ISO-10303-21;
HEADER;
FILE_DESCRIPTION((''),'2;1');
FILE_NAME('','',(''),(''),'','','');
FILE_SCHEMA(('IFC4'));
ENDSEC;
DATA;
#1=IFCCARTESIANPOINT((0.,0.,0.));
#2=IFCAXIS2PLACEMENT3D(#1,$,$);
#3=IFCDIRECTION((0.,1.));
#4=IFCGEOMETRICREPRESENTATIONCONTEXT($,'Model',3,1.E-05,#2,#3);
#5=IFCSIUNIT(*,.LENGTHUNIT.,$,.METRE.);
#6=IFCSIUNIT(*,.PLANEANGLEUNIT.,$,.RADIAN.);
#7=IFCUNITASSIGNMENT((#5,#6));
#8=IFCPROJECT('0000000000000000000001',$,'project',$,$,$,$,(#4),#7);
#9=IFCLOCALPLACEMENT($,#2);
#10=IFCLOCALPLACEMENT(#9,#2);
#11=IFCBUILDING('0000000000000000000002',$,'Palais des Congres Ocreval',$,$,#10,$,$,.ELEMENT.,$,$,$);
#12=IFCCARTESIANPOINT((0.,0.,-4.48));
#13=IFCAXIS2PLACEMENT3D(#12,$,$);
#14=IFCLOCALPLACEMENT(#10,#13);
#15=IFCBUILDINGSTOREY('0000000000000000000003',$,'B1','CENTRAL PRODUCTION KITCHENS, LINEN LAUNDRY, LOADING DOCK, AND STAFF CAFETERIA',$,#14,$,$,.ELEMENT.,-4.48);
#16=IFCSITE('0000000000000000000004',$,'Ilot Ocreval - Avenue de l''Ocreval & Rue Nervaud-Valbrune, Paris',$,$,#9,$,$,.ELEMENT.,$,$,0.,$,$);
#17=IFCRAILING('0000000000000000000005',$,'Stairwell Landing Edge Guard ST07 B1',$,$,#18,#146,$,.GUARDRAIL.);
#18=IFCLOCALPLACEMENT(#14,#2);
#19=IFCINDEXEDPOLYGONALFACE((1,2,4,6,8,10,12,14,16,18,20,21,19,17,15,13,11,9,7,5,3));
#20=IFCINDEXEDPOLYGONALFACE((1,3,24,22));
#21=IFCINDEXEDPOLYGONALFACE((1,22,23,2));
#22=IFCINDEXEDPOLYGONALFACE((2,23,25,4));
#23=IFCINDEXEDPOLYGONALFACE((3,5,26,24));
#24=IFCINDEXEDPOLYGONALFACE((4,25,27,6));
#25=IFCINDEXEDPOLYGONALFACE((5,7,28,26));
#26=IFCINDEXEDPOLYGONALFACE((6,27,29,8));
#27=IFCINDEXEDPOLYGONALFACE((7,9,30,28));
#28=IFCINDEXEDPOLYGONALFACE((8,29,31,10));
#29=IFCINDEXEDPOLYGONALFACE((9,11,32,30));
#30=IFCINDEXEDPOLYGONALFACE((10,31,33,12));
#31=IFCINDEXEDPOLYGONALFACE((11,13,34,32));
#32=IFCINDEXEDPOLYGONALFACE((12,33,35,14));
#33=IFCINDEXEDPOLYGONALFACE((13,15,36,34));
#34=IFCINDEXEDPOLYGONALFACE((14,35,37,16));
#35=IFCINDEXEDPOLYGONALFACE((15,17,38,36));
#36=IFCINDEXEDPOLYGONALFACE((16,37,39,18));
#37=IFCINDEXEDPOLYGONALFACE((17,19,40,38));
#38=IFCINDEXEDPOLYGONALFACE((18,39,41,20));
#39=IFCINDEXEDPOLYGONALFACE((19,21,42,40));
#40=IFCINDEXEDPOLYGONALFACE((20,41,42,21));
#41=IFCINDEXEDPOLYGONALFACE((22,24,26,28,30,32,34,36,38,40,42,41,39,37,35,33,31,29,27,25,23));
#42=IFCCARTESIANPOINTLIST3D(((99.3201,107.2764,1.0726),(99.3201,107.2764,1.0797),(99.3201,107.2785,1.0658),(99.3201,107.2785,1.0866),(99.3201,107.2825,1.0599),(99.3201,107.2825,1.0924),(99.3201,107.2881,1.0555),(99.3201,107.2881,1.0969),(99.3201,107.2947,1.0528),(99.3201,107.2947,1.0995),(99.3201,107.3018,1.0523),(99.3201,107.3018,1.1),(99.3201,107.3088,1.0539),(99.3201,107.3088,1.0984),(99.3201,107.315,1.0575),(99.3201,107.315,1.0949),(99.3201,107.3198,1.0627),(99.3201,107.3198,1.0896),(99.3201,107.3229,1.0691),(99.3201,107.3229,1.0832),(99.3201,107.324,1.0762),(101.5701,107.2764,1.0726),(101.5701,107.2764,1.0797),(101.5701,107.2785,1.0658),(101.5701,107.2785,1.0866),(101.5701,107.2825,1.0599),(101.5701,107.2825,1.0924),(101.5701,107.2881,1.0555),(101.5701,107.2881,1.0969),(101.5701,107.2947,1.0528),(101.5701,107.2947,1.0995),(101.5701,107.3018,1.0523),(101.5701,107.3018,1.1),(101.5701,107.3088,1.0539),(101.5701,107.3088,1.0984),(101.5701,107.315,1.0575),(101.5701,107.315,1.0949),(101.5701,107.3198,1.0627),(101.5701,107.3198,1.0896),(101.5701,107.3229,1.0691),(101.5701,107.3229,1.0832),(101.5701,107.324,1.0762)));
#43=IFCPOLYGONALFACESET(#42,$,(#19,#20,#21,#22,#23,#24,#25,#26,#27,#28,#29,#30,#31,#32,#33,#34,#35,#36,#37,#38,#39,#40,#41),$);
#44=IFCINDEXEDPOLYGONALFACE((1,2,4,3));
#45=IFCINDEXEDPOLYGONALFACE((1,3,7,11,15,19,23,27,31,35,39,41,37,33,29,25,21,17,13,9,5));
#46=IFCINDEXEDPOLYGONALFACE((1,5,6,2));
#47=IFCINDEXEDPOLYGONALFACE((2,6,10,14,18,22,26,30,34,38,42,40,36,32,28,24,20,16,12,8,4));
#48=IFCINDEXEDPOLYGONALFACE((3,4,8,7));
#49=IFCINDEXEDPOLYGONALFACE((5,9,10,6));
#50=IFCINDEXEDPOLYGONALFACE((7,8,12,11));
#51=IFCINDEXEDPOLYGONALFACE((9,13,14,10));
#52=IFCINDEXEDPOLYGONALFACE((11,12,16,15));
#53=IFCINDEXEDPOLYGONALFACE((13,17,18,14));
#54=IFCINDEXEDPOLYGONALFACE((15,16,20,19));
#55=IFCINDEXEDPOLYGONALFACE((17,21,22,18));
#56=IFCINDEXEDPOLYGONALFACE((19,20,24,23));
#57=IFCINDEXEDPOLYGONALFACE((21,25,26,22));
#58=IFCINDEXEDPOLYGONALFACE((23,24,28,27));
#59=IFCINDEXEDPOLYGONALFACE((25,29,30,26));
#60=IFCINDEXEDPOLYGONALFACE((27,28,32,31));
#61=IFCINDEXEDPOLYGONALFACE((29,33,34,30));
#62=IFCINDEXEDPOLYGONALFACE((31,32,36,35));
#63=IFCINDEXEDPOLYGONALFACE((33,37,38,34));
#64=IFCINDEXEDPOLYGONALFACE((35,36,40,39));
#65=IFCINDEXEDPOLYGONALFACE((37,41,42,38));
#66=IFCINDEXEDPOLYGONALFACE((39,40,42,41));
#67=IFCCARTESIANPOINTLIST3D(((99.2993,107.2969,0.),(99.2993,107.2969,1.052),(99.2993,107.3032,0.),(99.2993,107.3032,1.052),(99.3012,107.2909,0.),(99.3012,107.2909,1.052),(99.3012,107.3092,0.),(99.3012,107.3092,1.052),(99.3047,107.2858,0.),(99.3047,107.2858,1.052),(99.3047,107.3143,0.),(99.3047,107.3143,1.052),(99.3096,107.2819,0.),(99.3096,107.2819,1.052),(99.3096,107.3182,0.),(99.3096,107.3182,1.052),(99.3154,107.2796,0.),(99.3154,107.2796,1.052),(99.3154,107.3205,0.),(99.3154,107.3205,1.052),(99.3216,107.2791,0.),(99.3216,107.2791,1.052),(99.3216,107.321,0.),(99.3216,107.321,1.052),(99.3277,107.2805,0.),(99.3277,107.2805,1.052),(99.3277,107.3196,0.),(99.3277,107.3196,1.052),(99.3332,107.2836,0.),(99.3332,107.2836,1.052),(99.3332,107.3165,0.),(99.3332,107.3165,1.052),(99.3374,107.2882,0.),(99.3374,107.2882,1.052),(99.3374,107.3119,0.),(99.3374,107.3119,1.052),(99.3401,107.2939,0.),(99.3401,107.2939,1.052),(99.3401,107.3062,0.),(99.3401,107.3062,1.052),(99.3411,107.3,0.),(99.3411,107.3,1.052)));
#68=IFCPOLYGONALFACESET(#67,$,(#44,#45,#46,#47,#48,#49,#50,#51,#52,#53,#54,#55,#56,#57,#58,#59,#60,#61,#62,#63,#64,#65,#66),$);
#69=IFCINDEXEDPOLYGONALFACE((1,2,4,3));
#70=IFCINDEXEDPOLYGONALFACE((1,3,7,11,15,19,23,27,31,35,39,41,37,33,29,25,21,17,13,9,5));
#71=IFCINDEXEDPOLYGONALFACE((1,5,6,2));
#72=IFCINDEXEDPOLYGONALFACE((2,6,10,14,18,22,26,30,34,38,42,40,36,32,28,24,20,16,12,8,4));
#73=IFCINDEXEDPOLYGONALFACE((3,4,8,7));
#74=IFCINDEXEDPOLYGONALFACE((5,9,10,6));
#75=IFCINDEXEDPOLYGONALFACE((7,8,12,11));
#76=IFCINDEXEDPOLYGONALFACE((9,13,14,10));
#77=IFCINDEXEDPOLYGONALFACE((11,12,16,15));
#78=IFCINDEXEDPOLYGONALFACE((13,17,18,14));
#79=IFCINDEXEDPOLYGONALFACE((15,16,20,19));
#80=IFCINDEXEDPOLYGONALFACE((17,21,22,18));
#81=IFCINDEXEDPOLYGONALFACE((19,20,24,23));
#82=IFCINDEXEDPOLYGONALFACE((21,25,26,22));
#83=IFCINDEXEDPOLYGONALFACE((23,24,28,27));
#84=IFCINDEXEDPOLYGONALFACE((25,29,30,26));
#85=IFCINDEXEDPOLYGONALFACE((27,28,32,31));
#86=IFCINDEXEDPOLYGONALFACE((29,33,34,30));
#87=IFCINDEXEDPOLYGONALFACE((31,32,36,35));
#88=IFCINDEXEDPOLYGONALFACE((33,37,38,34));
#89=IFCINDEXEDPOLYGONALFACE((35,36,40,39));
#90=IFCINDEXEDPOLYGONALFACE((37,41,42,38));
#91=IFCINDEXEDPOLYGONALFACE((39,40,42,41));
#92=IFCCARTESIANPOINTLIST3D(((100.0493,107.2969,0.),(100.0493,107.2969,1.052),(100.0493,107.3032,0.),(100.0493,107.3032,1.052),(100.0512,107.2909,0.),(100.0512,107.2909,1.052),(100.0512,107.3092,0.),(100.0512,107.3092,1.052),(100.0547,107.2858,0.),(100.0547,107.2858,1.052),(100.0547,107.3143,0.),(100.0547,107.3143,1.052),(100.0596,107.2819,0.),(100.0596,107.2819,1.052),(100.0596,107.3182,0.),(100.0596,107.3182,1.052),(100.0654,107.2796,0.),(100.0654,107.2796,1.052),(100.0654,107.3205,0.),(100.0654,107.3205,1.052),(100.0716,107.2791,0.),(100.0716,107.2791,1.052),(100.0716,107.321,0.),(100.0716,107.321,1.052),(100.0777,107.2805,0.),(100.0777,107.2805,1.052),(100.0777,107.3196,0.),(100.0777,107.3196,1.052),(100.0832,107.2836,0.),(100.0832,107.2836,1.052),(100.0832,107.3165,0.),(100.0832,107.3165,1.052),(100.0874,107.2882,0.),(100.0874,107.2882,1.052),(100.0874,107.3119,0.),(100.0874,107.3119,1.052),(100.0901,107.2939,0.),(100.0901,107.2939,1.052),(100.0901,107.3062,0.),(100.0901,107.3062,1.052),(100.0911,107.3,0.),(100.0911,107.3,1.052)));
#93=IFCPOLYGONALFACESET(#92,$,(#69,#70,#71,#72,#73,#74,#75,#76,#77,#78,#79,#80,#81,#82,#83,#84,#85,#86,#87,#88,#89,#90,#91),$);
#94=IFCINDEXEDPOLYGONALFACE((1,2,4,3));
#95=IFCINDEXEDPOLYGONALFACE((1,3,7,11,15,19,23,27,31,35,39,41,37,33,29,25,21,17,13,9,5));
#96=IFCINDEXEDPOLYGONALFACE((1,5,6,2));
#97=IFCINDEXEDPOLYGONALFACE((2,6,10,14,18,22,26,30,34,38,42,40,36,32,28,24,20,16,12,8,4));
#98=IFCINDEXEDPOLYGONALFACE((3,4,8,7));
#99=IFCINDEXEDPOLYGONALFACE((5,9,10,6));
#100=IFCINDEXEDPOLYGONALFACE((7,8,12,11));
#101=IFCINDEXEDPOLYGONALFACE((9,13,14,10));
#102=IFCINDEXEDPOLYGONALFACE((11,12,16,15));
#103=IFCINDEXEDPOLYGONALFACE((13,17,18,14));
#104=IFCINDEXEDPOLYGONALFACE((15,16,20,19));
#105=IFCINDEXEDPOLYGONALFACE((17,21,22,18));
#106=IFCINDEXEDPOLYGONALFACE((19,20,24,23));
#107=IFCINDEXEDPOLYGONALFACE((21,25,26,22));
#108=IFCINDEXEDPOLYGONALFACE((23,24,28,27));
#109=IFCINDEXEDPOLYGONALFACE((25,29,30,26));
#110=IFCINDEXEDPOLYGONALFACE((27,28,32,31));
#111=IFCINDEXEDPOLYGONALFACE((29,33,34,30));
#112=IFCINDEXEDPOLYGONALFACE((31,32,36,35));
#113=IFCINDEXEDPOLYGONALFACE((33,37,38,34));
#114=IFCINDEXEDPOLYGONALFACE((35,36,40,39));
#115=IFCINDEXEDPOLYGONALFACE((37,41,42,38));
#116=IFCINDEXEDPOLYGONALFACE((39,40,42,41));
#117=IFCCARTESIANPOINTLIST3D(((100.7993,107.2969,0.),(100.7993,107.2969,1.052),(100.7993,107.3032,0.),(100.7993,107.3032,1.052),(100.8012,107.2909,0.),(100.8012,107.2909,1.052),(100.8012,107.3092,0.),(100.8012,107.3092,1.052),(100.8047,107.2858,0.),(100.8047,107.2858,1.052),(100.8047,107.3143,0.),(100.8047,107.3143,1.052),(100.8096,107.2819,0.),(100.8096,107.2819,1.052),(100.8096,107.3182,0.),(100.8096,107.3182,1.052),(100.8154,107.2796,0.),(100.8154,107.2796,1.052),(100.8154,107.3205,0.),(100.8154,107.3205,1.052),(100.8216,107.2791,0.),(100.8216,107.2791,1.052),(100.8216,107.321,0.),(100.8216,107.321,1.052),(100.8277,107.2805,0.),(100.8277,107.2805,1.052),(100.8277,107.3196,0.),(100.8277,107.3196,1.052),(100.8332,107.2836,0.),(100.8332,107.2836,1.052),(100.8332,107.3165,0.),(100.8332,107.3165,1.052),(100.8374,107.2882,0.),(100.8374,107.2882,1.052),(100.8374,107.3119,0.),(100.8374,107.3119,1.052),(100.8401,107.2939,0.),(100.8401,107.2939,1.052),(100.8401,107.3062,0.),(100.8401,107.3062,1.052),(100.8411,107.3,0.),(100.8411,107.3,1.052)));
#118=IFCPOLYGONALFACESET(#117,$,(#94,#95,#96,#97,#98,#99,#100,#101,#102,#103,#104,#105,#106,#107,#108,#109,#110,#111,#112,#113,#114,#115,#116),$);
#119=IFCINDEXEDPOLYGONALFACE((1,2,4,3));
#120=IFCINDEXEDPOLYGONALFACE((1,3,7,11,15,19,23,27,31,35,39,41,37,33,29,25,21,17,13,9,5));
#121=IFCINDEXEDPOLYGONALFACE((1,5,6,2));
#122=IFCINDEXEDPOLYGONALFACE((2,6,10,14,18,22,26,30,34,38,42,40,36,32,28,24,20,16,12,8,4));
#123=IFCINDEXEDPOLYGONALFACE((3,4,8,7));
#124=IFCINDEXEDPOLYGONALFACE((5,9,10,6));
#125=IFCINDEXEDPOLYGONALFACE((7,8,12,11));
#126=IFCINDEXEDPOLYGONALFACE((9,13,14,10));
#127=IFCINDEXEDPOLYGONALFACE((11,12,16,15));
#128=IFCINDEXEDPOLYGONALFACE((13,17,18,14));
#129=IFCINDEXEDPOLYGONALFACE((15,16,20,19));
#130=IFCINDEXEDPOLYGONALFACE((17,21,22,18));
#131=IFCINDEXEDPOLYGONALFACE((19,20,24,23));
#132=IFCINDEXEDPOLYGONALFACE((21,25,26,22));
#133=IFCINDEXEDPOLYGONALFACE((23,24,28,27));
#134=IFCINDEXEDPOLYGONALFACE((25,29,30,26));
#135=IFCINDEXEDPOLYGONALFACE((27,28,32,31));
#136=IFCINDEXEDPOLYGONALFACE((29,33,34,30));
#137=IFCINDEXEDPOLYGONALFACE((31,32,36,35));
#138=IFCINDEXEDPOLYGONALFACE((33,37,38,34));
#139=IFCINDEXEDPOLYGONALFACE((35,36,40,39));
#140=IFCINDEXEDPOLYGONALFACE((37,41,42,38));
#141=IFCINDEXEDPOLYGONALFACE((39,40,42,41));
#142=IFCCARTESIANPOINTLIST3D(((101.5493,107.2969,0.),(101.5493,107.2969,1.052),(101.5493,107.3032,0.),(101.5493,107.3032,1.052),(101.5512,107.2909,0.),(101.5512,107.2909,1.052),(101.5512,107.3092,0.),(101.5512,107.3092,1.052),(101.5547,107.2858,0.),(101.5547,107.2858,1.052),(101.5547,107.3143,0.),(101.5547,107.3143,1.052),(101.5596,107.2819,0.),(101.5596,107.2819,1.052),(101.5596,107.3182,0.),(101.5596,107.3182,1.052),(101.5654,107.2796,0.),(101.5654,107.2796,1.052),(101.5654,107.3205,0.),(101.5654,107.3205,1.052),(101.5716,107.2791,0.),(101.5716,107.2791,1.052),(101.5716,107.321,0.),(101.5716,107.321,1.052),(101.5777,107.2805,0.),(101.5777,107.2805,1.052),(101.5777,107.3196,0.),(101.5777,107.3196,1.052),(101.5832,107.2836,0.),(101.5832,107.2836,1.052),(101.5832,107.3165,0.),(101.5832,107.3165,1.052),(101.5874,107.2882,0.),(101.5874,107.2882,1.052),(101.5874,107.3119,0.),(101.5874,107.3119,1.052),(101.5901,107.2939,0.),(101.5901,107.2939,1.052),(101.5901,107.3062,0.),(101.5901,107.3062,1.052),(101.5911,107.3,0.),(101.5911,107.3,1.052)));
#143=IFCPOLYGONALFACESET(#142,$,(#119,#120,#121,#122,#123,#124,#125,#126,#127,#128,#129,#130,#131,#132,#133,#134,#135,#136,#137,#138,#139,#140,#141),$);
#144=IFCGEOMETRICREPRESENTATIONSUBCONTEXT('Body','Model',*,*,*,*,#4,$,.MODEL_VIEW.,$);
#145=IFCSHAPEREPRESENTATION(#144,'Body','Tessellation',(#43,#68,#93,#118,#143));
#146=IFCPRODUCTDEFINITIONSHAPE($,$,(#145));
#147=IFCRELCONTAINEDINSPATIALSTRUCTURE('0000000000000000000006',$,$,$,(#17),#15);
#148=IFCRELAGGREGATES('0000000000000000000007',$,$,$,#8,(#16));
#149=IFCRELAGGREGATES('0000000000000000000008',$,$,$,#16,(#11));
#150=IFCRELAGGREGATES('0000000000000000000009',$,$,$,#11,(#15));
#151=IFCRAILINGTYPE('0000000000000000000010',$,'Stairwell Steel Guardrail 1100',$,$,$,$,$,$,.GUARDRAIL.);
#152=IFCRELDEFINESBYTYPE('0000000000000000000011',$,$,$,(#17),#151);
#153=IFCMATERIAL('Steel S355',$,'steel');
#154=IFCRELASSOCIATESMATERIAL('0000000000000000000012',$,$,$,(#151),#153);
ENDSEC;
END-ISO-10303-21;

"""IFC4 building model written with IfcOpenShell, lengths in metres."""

from ifc_helpers import new_model, si_unit, direction, frame, origin, origin_2d, place, context, subcontext, project, spatial, circle, extrude, material, type_object, element, save


model = new_model("IFC4")

# Units and contexts
model_context = context("Model", 3, precision=1e-05, world=origin(), true_north=direction((0.0, 1.0)))
body_context = subcontext(model_context, "Body", "Model", "MODEL_VIEW")
ifc_project = project(units=[si_unit("LENGTHUNIT", "METRE"), si_unit("PLANEANGLEUNIT", "RADIAN")], contexts=[model_context])

# Site, building, storey
site_placement = place(None, origin())
site = spatial("IfcSite", under=ifc_project, at=site_placement, Name="Ilot Ocreval - Avenue de l'Ocreval & Rue Nervaud-Valbrune, Paris", CompositionType="ELEMENT", RefElevation=0.0)
building_placement = place(site_placement, origin())
building = spatial("IfcBuilding", under=site, at=building_placement, Name="Palais des Congres Ocreval", CompositionType="ELEMENT")
storey_placement = place(building_placement, frame((0.0, 0.0, -4.48)))
storey = spatial("IfcBuildingStorey", under=building, at=storey_placement, Name="B1", Description="CENTRAL PRODUCTION KITCHENS, LINEN LAUNDRY, LOADING DOCK, AND STAFF CAFETERIA", CompositionType="ELEMENT", Elevation=-4.48)

# Shared definitions
ifc_material_1 = material(Name="Steel S355", Category="steel")

# Railing
railing_type_1 = type_object("IfcRailingType", Name="Stairwell Steel Guardrail 1100", PredefinedType="GUARDRAIL", material=ifc_material_1)
railing_1_placement = place(storey_placement, frame((99.3201, 107.3, 0.0)))
element("IfcRailing", 1, at=railing_1_placement, inside=storey, type_object=railing_type_1, Name="Stairwell Landing Edge Guard ST07 B1", PredefinedType="GUARDRAIL", context=body_context, shape_type="SweptSolid", body=[
    extrude(circle(Radius=0.0239, at=origin_2d()), frame((0.0, 0.0, 1.0762), z_axis=(1.0, 0.0, 0.0), x_axis=(0.0, 1.0, 0.0)), (0.0, 0.0, 1.0), 2.25),
    extrude(circle(Radius=0.021, at=origin_2d()), origin(), (0.0, 0.0, 1.0), 1.052),
    extrude(circle(Radius=0.021, at=origin_2d()), frame((0.75, 0.0, 0.0)), (0.0, 0.0, 1.0), 1.052),
    extrude(circle(Radius=0.021, at=origin_2d()), frame((1.5, 0.0, 0.0)), (0.0, 0.0, 1.0), 1.052),
    extrude(circle(Radius=0.021, at=origin_2d()), frame((2.25, 0.0, 0.0)), (0.0, 0.0, 1.0), 1.052),
])

save(model, "model.ifc")
